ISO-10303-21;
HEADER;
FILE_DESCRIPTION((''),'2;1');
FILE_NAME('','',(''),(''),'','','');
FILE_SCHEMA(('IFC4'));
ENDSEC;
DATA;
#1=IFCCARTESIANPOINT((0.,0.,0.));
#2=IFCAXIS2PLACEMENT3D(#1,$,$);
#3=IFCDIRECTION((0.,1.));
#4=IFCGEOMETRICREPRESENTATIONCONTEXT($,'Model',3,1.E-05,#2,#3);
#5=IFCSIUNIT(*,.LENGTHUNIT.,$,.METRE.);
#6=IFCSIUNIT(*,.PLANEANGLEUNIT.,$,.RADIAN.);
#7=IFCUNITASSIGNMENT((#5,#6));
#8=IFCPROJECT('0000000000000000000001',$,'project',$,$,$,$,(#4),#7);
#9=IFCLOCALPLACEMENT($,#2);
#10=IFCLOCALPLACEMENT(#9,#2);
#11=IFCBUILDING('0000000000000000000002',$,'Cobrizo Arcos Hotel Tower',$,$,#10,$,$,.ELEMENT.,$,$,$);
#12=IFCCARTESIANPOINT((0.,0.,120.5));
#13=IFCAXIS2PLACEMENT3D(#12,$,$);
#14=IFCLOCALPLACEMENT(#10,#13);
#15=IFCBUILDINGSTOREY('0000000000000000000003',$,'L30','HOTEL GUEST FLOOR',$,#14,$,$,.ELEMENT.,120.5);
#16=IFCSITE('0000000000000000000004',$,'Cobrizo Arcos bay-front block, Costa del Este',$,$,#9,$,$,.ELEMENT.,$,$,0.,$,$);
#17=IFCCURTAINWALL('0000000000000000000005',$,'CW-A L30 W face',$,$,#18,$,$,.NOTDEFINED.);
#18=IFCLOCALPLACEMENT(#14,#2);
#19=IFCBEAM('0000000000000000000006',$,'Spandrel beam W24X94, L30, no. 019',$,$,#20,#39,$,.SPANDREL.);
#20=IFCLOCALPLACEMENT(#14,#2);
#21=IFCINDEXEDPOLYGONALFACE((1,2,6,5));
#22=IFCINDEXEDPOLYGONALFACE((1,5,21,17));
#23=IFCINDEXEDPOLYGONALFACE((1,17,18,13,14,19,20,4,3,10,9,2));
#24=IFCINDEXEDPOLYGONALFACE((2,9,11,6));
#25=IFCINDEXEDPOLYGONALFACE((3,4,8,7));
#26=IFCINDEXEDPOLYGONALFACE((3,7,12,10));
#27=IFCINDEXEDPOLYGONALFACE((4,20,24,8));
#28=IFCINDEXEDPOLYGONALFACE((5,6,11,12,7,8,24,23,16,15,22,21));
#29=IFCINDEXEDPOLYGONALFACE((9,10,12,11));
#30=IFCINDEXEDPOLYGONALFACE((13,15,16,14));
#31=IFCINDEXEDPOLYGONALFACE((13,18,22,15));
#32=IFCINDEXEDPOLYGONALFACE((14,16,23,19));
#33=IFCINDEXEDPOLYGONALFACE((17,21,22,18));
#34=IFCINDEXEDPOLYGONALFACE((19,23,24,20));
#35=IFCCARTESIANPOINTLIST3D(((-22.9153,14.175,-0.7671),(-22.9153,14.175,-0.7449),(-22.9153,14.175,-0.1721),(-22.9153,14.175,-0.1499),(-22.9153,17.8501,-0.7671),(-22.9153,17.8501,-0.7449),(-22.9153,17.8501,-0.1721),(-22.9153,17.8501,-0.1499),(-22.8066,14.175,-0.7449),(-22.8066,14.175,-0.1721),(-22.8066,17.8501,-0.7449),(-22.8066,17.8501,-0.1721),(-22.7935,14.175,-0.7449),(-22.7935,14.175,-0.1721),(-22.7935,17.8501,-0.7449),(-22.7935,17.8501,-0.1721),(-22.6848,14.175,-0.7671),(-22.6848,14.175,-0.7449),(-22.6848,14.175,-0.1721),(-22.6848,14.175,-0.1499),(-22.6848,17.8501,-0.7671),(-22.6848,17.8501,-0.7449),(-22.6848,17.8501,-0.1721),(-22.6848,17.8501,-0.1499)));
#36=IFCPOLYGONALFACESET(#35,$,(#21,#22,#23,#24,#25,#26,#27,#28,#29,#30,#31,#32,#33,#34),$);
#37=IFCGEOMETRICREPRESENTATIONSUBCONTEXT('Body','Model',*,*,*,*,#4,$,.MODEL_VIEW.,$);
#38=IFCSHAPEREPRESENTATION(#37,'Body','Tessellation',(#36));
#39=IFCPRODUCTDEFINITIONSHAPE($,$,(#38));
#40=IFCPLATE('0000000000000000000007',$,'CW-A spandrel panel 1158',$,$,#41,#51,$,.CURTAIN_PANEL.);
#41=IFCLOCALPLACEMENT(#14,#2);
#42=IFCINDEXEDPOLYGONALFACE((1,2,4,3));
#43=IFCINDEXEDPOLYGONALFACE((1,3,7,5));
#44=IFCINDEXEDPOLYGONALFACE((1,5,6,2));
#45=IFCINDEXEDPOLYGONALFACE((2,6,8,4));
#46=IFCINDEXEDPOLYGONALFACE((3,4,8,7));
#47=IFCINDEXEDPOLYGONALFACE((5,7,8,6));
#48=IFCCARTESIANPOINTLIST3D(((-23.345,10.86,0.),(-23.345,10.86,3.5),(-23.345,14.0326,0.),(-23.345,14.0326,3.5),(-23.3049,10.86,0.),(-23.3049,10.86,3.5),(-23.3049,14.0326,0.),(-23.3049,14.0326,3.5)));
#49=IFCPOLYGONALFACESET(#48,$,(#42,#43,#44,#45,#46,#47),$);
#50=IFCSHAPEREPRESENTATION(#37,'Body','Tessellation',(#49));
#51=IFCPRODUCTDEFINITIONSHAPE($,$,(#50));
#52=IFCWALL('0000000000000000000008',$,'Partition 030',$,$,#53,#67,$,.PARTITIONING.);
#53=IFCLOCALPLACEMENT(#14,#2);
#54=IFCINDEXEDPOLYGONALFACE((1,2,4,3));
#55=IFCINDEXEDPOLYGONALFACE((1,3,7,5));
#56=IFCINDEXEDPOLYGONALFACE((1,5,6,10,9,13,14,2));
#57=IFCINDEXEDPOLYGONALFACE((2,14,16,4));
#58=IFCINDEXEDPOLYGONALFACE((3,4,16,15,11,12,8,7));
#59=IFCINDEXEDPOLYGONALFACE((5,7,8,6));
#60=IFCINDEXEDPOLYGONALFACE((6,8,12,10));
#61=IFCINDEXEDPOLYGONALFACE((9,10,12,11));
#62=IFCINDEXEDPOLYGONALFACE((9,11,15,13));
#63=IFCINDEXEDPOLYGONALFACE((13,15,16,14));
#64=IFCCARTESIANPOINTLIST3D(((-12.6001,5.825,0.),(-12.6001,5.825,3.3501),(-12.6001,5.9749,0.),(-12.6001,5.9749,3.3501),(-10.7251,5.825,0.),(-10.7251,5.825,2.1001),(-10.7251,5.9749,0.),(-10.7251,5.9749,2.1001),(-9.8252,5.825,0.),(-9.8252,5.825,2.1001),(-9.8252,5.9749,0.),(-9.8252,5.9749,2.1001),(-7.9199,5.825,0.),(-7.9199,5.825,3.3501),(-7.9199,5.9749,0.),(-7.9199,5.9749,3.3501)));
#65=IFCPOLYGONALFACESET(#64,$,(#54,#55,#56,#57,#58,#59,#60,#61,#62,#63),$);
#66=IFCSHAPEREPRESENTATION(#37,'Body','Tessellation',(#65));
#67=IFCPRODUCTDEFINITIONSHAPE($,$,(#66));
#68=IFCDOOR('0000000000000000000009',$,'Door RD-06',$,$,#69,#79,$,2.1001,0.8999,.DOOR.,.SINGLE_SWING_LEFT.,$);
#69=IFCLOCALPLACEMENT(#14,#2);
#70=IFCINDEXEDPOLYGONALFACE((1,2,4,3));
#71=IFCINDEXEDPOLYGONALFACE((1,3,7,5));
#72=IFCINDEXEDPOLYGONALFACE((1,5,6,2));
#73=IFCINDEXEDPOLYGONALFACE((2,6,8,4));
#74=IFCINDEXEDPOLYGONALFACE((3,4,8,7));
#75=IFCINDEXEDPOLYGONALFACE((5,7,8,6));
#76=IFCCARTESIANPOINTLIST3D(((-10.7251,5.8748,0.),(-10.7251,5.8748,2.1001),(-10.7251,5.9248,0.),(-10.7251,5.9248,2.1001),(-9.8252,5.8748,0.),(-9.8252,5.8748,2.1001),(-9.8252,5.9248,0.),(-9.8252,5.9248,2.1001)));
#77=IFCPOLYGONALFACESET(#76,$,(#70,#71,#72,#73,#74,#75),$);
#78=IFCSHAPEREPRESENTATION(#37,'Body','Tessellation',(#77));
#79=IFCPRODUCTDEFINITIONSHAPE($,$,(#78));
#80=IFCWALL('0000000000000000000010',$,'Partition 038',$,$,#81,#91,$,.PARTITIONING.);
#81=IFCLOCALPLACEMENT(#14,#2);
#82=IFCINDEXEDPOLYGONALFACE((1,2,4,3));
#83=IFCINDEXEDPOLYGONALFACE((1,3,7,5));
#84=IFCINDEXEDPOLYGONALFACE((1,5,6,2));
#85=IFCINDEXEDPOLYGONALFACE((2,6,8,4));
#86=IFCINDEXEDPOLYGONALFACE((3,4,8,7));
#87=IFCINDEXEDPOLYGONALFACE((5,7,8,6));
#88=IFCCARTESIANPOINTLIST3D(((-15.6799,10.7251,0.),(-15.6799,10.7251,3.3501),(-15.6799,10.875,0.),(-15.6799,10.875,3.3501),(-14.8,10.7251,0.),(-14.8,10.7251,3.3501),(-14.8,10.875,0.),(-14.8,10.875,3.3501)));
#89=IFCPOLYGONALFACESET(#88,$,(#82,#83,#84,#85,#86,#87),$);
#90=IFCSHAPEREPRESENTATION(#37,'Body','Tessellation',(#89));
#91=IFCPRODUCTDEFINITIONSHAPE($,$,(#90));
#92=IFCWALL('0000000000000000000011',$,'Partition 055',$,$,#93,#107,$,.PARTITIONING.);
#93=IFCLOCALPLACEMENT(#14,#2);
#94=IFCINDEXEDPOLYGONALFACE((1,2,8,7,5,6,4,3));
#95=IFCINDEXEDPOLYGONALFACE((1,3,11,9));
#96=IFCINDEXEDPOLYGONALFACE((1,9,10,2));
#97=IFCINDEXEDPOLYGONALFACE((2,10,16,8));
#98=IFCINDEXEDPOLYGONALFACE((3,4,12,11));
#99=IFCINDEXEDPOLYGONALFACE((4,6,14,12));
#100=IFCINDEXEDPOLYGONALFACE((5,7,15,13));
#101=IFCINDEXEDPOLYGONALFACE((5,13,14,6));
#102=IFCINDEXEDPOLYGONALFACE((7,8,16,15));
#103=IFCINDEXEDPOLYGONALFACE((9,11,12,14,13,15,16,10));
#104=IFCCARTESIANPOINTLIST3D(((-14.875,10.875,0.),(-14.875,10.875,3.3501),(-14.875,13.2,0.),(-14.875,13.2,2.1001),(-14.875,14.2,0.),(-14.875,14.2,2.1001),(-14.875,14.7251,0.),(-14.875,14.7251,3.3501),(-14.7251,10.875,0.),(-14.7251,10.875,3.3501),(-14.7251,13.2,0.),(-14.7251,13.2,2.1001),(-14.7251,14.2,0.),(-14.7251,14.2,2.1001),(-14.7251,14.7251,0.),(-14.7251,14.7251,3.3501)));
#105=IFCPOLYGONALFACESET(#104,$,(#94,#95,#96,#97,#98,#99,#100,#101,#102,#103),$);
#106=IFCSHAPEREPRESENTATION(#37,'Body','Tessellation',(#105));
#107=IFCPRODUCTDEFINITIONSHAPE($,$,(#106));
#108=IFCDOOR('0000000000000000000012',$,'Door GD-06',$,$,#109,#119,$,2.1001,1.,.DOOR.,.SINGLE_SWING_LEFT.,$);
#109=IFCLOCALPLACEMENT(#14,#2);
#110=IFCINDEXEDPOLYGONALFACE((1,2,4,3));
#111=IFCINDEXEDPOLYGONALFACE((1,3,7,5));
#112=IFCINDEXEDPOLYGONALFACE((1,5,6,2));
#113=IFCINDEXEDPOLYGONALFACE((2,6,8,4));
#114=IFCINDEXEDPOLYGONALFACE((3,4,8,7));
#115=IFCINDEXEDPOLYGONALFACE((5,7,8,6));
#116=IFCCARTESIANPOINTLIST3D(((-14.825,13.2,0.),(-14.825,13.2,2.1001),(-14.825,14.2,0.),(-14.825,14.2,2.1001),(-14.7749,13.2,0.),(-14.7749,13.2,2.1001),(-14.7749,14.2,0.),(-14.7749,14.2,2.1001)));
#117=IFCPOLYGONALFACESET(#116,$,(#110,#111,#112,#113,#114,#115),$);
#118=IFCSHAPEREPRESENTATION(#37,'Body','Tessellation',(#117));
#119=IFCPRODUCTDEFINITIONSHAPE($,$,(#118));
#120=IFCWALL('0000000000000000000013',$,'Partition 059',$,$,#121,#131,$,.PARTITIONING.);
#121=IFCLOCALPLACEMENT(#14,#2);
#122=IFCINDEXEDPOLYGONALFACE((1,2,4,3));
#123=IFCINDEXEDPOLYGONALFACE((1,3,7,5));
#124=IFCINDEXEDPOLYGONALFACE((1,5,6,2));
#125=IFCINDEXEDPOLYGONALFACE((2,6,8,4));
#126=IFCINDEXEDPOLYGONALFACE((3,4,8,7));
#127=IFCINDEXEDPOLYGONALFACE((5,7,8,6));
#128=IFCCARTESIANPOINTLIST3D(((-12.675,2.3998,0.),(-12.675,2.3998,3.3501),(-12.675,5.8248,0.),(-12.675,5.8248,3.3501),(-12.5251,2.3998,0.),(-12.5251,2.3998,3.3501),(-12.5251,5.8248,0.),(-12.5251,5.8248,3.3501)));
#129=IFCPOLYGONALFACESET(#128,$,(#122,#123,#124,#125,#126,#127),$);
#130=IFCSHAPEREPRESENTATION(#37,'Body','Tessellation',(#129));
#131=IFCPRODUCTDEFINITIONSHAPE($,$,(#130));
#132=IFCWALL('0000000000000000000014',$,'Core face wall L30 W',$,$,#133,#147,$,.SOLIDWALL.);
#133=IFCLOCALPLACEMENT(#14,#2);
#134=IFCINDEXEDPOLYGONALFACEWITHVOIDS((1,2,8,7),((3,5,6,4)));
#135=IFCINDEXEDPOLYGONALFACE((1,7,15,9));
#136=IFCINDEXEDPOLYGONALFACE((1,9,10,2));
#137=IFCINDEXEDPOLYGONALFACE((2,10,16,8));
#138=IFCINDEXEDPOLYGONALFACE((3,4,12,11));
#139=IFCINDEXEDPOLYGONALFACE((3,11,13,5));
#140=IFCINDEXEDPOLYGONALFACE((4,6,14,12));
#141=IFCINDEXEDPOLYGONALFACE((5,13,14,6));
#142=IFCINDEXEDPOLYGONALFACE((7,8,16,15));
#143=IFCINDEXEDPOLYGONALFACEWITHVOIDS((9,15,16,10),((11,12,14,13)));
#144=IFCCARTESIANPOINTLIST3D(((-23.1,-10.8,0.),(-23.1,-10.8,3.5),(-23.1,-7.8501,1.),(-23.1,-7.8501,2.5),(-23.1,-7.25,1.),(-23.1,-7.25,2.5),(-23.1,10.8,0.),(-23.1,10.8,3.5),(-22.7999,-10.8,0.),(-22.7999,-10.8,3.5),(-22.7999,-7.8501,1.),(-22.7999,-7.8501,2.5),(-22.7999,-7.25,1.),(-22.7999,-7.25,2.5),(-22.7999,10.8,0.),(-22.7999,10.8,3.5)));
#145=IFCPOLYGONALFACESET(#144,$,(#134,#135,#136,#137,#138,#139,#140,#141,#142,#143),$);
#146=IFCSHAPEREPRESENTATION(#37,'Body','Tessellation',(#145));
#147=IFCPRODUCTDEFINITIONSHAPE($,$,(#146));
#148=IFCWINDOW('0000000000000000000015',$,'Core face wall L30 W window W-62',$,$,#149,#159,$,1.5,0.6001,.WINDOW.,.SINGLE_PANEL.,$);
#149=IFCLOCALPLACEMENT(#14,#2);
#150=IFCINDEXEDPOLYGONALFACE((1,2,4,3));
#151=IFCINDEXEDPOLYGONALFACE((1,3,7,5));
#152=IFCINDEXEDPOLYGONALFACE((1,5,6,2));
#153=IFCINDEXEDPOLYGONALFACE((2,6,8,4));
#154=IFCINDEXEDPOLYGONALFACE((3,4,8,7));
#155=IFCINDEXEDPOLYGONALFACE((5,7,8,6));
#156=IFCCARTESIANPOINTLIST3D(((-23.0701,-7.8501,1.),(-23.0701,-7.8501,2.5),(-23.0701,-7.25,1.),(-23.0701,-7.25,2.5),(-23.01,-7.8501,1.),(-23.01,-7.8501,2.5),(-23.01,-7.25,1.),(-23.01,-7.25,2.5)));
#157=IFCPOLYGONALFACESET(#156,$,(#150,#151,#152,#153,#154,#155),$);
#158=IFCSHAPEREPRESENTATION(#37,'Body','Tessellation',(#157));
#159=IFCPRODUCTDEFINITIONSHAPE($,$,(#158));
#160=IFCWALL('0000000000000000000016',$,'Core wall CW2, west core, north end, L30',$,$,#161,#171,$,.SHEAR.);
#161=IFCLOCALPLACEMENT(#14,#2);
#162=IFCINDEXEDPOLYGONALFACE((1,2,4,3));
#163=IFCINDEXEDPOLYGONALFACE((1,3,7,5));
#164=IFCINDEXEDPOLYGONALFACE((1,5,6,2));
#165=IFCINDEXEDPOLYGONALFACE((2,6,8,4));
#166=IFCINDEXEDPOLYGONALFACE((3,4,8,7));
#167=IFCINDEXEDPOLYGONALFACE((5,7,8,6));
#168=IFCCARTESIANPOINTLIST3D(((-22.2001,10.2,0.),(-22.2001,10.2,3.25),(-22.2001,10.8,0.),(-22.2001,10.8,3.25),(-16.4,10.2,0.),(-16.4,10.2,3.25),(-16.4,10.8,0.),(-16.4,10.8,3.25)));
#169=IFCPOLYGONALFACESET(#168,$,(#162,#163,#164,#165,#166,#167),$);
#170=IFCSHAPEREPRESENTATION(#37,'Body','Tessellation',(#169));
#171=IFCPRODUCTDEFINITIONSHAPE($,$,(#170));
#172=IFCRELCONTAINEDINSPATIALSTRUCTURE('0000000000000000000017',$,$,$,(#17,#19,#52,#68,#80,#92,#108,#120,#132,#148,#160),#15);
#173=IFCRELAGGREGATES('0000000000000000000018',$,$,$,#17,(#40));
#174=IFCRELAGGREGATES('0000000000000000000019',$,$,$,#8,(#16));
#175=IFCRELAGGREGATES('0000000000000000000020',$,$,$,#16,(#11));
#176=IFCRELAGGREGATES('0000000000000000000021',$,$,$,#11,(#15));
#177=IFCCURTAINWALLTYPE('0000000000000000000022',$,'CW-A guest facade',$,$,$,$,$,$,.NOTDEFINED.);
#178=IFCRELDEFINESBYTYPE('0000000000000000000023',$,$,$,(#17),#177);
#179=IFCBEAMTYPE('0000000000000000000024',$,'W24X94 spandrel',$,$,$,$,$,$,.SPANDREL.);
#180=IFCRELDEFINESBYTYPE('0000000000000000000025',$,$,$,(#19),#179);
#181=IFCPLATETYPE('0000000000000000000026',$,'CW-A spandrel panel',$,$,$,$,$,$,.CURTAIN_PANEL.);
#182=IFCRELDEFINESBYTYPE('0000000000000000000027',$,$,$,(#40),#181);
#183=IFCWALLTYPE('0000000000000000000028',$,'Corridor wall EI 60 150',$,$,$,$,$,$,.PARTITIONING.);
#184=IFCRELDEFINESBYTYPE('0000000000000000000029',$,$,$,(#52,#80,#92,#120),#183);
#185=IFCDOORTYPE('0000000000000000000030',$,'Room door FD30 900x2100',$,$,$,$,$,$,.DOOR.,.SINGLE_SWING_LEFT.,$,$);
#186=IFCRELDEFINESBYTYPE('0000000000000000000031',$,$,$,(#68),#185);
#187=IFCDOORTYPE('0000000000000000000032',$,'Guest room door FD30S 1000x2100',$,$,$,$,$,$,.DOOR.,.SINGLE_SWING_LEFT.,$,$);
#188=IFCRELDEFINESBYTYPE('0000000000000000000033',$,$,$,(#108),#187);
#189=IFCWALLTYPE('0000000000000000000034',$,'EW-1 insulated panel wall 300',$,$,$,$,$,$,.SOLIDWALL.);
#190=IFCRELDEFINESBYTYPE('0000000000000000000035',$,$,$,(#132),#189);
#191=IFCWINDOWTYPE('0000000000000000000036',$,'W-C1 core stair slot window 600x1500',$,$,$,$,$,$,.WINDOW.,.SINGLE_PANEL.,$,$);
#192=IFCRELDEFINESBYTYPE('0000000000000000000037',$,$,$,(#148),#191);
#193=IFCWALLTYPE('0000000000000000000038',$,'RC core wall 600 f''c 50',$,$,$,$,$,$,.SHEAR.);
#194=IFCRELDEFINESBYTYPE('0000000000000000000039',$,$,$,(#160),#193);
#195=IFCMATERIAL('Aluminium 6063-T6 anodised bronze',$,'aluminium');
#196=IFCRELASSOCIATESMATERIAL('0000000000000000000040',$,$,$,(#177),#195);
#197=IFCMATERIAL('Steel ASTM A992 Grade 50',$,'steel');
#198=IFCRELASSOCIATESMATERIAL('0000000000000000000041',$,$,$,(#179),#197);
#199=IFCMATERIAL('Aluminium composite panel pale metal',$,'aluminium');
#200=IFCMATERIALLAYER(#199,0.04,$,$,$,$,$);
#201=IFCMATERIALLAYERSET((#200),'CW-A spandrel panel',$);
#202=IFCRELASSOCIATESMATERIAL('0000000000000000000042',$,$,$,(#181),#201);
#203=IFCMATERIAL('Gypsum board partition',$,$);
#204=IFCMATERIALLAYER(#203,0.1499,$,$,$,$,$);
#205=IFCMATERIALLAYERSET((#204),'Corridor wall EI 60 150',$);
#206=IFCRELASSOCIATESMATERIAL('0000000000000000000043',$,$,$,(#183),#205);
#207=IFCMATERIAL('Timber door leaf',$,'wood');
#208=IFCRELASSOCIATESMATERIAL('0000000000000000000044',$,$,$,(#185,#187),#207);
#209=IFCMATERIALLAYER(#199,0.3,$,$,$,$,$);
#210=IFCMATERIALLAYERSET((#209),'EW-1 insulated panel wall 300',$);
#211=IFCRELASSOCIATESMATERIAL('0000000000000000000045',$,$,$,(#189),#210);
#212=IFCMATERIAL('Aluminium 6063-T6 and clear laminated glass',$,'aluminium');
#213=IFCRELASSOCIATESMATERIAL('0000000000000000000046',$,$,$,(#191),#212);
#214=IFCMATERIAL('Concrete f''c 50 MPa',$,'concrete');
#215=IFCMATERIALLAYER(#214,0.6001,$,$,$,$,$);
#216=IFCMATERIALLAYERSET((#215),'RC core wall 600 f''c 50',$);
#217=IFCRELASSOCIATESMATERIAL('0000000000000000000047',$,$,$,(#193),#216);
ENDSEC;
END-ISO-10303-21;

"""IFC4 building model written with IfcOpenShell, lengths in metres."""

from ifc_helpers import new_model, si_unit, direction, frame, frame_2d, origin, origin_2d, place, context, subcontext, project, spatial, rectangle, i_section, extrude, material, layer, layer_set, material_profile, profile_set, type_object, element, fill, aggregate, save


model = new_model("IFC4")

# Units and contexts
model_context = context("Model", 3, precision=1e-05, world=origin(), true_north=direction((0.0, 1.0)))
body_context = subcontext(model_context, "Body", "Model", "MODEL_VIEW")
ifc_project = project(units=[si_unit("LENGTHUNIT", "METRE"), si_unit("PLANEANGLEUNIT", "RADIAN")], contexts=[model_context])

# Site, building, storey
site_placement = place(None, origin())
site = spatial("IfcSite", under=ifc_project, at=site_placement, Name="Cobrizo Arcos bay-front block, Costa del Este", CompositionType="ELEMENT", RefElevation=0.0)
building_placement = place(site_placement, origin())
building = spatial("IfcBuilding", under=site, at=building_placement, Name="Cobrizo Arcos Hotel Tower", CompositionType="ELEMENT")
storey_placement = place(building_placement, frame((0.0, 0.0, 120.5)))
storey = spatial("IfcBuildingStorey", under=building, at=storey_placement, Name="L30", Description="HOTEL GUEST FLOOR", CompositionType="ELEMENT", Elevation=120.5)

# Curtain wall
ifc_material_1 = material(Name="Aluminium 6063-T6 anodised bronze", Category="aluminium")
curtain_wall_type = type_object("IfcCurtainWallType", Name="CW-A guest facade", PredefinedType="NOTDEFINED", material=ifc_material_1)
curtain_wall_placement = place(storey_placement, origin())
curtain_wall = element("IfcCurtainWall", 1, at=curtain_wall_placement, inside=storey, type_object=curtain_wall_type, Name="CW-A L30 W face", PredefinedType="NOTDEFINED")

# Beam
ifc_material_2 = material(Name="Steel ASTM A992 Grade 50", Category="steel")
ifc_material_profile_1 = material_profile(ifc_material_2, i_section(OverallWidth=0.2305, OverallDepth=0.6172, WebThickness=0.0132, FlangeThickness=0.0222, at=origin_2d()), Name="W24X94")
ifc_profile_set_1 = profile_set([ifc_material_profile_1], Name="Steel ASTM A992 Grade 50")
beam_type_1 = type_object("IfcBeamType", Name="W24X94 spandrel", PredefinedType="SPANDREL", material=ifc_profile_set_1)
beam_1_placement = place(storey_placement, frame((-22.8, 14.175, -0.4585), z_axis=(0.0, 1.0, 0.0), x_axis=(-1.0, 0.0, 0.0)))
element("IfcBeam", 2, at=beam_1_placement, inside=storey, type_object=beam_type_1, Name="Spandrel beam W24X94, L30, no. 019", PredefinedType="SPANDREL", context=body_context, shape_type="SweptSolid", body=[
    extrude(i_section(OverallWidth=0.2305, OverallDepth=0.6172, WebThickness=0.0132, FlangeThickness=0.0222, at=origin_2d()), origin(), (0.0, 0.0, 1.0), 3.675),
])

# Plate
ifc_material_3 = material(Name="Aluminium composite panel pale metal", Category="aluminium")
ifc_layer_1 = layer(ifc_material_3, 0.04)
ifc_layer_set_1 = layer_set([ifc_layer_1], Name="CW-A spandrel panel")
plate_type = type_object("IfcPlateType", Name="CW-A spandrel panel", PredefinedType="CURTAIN_PANEL", material=ifc_layer_set_1)
plate_placement = place(storey_placement, frame((-23.325, 12.4463, 0.0), z_axis=(0.0, 0.0, 1.0), x_axis=(0.0, -1.0, 0.0)))
plate = element("IfcPlate", 3, at=plate_placement, type_object=plate_type, Name="CW-A spandrel panel 1158", PredefinedType="CURTAIN_PANEL", context=body_context, shape_type="SweptSolid", body=[
    extrude(rectangle(XDim=3.1726, YDim=0.04, at=origin_2d()), origin(), (0.0, 0.0, 1.0), 3.5),
])
aggregate(curtain_wall, [plate])

# Wall, opening, door
ifc_material_4 = material(Name="Gypsum board partition")
ifc_layer_2 = layer(ifc_material_4, 0.1499)
ifc_layer_set_2 = layer_set([ifc_layer_2], Name="Corridor wall EI 60 150")
wall_type_1 = type_object("IfcWallType", Name="Corridor wall EI 60 150", PredefinedType="PARTITIONING", material=ifc_layer_set_2)
wall_1_placement = place(storey_placement, frame((-12.6001, 5.8999, 0.0), z_axis=(0.0, 0.0, 1.0), x_axis=(1.0, 0.0, 0.0)))
wall_1 = element("IfcWall", 4, at=wall_1_placement, inside=storey, type_object=wall_type_1, Name="Partition 030", PredefinedType="PARTITIONING", context=body_context, shape_type="SweptSolid", body=[
    extrude(rectangle(XDim=4.6802, YDim=0.1499, at=frame_2d((2.3401, 0.0))), origin(), (0.0, 0.0, 1.0), 3.3501),
])
opening_1_placement = place(wall_1_placement, frame((1.875, 0.0, 0.0)))
opening_1 = element("IfcOpeningElement", 5, at=opening_1_placement, cuts=wall_1, PredefinedType="OPENING", context=body_context, shape_type="SweptSolid", body=[
    extrude(rectangle(XDim=0.8999, YDim=2.1001, at=frame_2d((0.45, 1.05))), frame((0.0, 0.0869, 0.0), z_axis=(0.0, -1.0, 0.0), x_axis=(1.0, 0.0, 0.0)), (0.0, 0.0, 1.0), 0.1738),
])
ifc_material_5 = material(Name="Timber door leaf", Category="wood")
door_type_1 = type_object("IfcDoorType", Name="Room door FD30 900x2100", OperationType="SINGLE_SWING_LEFT", PredefinedType="DOOR", material=ifc_material_5)
door_1_placement = place(opening_1_placement, origin())
door_1 = element("IfcDoor", 6, at=door_1_placement, inside=storey, type_object=door_type_1, Name="Door RD-06", OperationType="SINGLE_SWING_LEFT", OverallHeight=2.1001, OverallWidth=0.8999, PredefinedType="DOOR", context=body_context, shape_type="SweptSolid", body=[
    extrude(rectangle(XDim=0.8999, YDim=2.1001, at=frame_2d((0.45, 1.05))), frame((0.0, 0.0249, 0.0), z_axis=(0.0, -1.0, 0.0), x_axis=(1.0, 0.0, 0.0)), (0.0, 0.0, 1.0), 0.05),
])
fill(opening_1, door_1)

# Wall
wall_2_placement = place(storey_placement, frame((-15.6799, 10.8, 0.0), z_axis=(0.0, 0.0, 1.0), x_axis=(1.0, 0.0, 0.0)))
element("IfcWall", 7, at=wall_2_placement, inside=storey, type_object=wall_type_1, Name="Partition 038", PredefinedType="PARTITIONING", context=body_context, shape_type="SweptSolid", body=[
    extrude(rectangle(XDim=0.8799, YDim=0.1499, at=frame_2d((0.4399, 0.0))), origin(), (0.0, 0.0, 1.0), 3.3501),
])

# Wall, opening, door
wall_3_placement = place(storey_placement, frame((-14.8, 10.875, 0.0), z_axis=(0.0, 0.0, 1.0), x_axis=(0.0, 1.0, 0.0)))
wall_3 = element("IfcWall", 8, at=wall_3_placement, inside=storey, type_object=wall_type_1, Name="Partition 055", PredefinedType="PARTITIONING", context=body_context, shape_type="SweptSolid", body=[
    extrude(rectangle(XDim=3.8501, YDim=0.1499, at=frame_2d((1.925, 0.0))), origin(), (0.0, 0.0, 1.0), 3.3501),
])
opening_2_placement = place(wall_3_placement, frame((2.325, 0.0, 0.0)))
opening_2 = element("IfcOpeningElement", 9, at=opening_2_placement, cuts=wall_3, PredefinedType="OPENING", context=body_context, shape_type="SweptSolid", body=[
    extrude(rectangle(XDim=1.0, YDim=2.1001, at=frame_2d((0.5, 1.05))), frame((0.0, 0.0869, 0.0), z_axis=(0.0, -1.0, 0.0), x_axis=(1.0, 0.0, 0.0)), (0.0, 0.0, 1.0), 0.1738),
])
door_type_2 = type_object("IfcDoorType", Name="Guest room door FD30S 1000x2100", OperationType="SINGLE_SWING_LEFT", PredefinedType="DOOR", material=ifc_material_5)
door_2_placement = place(opening_2_placement, origin())
door_2 = element("IfcDoor", 10, at=door_2_placement, inside=storey, type_object=door_type_2, Name="Door GD-06", OperationType="SINGLE_SWING_LEFT", OverallHeight=2.1001, OverallWidth=1.0, PredefinedType="DOOR", context=body_context, shape_type="SweptSolid", body=[
    extrude(rectangle(XDim=1.0, YDim=2.1001, at=frame_2d((0.5, 1.05))), frame((0.0, 0.0249, 0.0), z_axis=(0.0, -1.0, 0.0), x_axis=(1.0, 0.0, 0.0)), (0.0, 0.0, 1.0), 0.05),
])
fill(opening_2, door_2)

# Wall
wall_4_placement = place(storey_placement, frame((-12.6001, 2.3999, 0.0), z_axis=(0.0, 0.0, 1.0), x_axis=(0.0, 1.0, 0.0)))
element("IfcWall", 11, at=wall_4_placement, inside=storey, type_object=wall_type_1, Name="Partition 059", PredefinedType="PARTITIONING", context=body_context, shape_type="SweptSolid", body=[
    extrude(rectangle(XDim=3.425, YDim=0.1499, at=frame_2d((1.7124, 0.0))), origin(), (0.0, 0.0, 1.0), 3.3501),
])

# Wall, opening, window
ifc_layer_3 = layer(ifc_material_3, 0.3)
ifc_layer_set_3 = layer_set([ifc_layer_3], Name="EW-1 insulated panel wall 300")
wall_type_2 = type_object("IfcWallType", Name="EW-1 insulated panel wall 300", PredefinedType="SOLIDWALL", material=ifc_layer_set_3)
wall_5_placement = place(storey_placement, frame((-22.95, 10.8, 0.0), z_axis=(0.0, 0.0, 1.0), x_axis=(0.0, -1.0, 0.0)))
wall_5 = element("IfcWall", 12, at=wall_5_placement, inside=storey, type_object=wall_type_2, Name="Core face wall L30 W", PredefinedType="SOLIDWALL", context=body_context, shape_type="SweptSolid", body=[
    extrude(rectangle(XDim=21.6001, YDim=0.3, at=frame_2d((10.8, 0.0))), origin(), (0.0, 0.0, 1.0), 3.5),
])
opening_3_placement = place(wall_5_placement, frame((18.05, 0.0, 1.0)))
opening_3 = element("IfcOpeningElement", 13, at=opening_3_placement, cuts=wall_5, PredefinedType="OPENING", context=body_context, shape_type="SweptSolid", body=[
    extrude(rectangle(XDim=0.6001, YDim=1.5, at=frame_2d((0.3, 0.75))), frame((0.0, 0.1621, 0.0), z_axis=(0.0, -1.0, 0.0), x_axis=(1.0, 0.0, 0.0)), (0.0, 0.0, 1.0), 0.324),
])
ifc_material_6 = material(Name="Aluminium 6063-T6 and clear laminated glass", Category="aluminium")
window_type = type_object("IfcWindowType", Name="W-C1 core stair slot window 600x1500", PartitioningType="SINGLE_PANEL", PredefinedType="WINDOW", material=ifc_material_6)
window_placement = place(opening_3_placement, origin())
window = element("IfcWindow", 14, at=window_placement, inside=storey, type_object=window_type, Name="Core face wall L30 W window W-62", OverallHeight=1.5, OverallWidth=0.6001, PartitioningType="SINGLE_PANEL", PredefinedType="WINDOW", context=body_context, shape_type="SweptSolid", body=[
    extrude(rectangle(XDim=0.6001, YDim=1.5, at=frame_2d((0.3, 0.75))), frame((0.0, -0.0601, 0.0), z_axis=(0.0, -1.0, 0.0), x_axis=(1.0, 0.0, 0.0)), (0.0, 0.0, 1.0), 0.0601),
])
fill(opening_3, window)

# Wall
ifc_material_7 = material(Name="Concrete f'c 50 MPa", Category="concrete")
ifc_layer_4 = layer(ifc_material_7, 0.6001)
ifc_layer_set_4 = layer_set([ifc_layer_4], Name="RC core wall 600 f'c 50")
wall_type_3 = type_object("IfcWallType", Name="RC core wall 600 f'c 50", PredefinedType="SHEAR", material=ifc_layer_set_4)
wall_6_placement = place(storey_placement, frame((-22.2, 10.5, 0.0), z_axis=(0.0, 0.0, 1.0), x_axis=(1.0, 0.0, 0.0)))
element("IfcWall", 15, at=wall_6_placement, inside=storey, type_object=wall_type_3, Name="Core wall CW2, west core, north end, L30", PredefinedType="SHEAR", context=body_context, shape_type="SweptSolid", body=[
    extrude(rectangle(XDim=5.8, YDim=0.6001, at=frame_2d((2.8999, 0.0))), origin(), (0.0, 0.0, 1.0), 3.25),
])

save(model, "model.ifc")
